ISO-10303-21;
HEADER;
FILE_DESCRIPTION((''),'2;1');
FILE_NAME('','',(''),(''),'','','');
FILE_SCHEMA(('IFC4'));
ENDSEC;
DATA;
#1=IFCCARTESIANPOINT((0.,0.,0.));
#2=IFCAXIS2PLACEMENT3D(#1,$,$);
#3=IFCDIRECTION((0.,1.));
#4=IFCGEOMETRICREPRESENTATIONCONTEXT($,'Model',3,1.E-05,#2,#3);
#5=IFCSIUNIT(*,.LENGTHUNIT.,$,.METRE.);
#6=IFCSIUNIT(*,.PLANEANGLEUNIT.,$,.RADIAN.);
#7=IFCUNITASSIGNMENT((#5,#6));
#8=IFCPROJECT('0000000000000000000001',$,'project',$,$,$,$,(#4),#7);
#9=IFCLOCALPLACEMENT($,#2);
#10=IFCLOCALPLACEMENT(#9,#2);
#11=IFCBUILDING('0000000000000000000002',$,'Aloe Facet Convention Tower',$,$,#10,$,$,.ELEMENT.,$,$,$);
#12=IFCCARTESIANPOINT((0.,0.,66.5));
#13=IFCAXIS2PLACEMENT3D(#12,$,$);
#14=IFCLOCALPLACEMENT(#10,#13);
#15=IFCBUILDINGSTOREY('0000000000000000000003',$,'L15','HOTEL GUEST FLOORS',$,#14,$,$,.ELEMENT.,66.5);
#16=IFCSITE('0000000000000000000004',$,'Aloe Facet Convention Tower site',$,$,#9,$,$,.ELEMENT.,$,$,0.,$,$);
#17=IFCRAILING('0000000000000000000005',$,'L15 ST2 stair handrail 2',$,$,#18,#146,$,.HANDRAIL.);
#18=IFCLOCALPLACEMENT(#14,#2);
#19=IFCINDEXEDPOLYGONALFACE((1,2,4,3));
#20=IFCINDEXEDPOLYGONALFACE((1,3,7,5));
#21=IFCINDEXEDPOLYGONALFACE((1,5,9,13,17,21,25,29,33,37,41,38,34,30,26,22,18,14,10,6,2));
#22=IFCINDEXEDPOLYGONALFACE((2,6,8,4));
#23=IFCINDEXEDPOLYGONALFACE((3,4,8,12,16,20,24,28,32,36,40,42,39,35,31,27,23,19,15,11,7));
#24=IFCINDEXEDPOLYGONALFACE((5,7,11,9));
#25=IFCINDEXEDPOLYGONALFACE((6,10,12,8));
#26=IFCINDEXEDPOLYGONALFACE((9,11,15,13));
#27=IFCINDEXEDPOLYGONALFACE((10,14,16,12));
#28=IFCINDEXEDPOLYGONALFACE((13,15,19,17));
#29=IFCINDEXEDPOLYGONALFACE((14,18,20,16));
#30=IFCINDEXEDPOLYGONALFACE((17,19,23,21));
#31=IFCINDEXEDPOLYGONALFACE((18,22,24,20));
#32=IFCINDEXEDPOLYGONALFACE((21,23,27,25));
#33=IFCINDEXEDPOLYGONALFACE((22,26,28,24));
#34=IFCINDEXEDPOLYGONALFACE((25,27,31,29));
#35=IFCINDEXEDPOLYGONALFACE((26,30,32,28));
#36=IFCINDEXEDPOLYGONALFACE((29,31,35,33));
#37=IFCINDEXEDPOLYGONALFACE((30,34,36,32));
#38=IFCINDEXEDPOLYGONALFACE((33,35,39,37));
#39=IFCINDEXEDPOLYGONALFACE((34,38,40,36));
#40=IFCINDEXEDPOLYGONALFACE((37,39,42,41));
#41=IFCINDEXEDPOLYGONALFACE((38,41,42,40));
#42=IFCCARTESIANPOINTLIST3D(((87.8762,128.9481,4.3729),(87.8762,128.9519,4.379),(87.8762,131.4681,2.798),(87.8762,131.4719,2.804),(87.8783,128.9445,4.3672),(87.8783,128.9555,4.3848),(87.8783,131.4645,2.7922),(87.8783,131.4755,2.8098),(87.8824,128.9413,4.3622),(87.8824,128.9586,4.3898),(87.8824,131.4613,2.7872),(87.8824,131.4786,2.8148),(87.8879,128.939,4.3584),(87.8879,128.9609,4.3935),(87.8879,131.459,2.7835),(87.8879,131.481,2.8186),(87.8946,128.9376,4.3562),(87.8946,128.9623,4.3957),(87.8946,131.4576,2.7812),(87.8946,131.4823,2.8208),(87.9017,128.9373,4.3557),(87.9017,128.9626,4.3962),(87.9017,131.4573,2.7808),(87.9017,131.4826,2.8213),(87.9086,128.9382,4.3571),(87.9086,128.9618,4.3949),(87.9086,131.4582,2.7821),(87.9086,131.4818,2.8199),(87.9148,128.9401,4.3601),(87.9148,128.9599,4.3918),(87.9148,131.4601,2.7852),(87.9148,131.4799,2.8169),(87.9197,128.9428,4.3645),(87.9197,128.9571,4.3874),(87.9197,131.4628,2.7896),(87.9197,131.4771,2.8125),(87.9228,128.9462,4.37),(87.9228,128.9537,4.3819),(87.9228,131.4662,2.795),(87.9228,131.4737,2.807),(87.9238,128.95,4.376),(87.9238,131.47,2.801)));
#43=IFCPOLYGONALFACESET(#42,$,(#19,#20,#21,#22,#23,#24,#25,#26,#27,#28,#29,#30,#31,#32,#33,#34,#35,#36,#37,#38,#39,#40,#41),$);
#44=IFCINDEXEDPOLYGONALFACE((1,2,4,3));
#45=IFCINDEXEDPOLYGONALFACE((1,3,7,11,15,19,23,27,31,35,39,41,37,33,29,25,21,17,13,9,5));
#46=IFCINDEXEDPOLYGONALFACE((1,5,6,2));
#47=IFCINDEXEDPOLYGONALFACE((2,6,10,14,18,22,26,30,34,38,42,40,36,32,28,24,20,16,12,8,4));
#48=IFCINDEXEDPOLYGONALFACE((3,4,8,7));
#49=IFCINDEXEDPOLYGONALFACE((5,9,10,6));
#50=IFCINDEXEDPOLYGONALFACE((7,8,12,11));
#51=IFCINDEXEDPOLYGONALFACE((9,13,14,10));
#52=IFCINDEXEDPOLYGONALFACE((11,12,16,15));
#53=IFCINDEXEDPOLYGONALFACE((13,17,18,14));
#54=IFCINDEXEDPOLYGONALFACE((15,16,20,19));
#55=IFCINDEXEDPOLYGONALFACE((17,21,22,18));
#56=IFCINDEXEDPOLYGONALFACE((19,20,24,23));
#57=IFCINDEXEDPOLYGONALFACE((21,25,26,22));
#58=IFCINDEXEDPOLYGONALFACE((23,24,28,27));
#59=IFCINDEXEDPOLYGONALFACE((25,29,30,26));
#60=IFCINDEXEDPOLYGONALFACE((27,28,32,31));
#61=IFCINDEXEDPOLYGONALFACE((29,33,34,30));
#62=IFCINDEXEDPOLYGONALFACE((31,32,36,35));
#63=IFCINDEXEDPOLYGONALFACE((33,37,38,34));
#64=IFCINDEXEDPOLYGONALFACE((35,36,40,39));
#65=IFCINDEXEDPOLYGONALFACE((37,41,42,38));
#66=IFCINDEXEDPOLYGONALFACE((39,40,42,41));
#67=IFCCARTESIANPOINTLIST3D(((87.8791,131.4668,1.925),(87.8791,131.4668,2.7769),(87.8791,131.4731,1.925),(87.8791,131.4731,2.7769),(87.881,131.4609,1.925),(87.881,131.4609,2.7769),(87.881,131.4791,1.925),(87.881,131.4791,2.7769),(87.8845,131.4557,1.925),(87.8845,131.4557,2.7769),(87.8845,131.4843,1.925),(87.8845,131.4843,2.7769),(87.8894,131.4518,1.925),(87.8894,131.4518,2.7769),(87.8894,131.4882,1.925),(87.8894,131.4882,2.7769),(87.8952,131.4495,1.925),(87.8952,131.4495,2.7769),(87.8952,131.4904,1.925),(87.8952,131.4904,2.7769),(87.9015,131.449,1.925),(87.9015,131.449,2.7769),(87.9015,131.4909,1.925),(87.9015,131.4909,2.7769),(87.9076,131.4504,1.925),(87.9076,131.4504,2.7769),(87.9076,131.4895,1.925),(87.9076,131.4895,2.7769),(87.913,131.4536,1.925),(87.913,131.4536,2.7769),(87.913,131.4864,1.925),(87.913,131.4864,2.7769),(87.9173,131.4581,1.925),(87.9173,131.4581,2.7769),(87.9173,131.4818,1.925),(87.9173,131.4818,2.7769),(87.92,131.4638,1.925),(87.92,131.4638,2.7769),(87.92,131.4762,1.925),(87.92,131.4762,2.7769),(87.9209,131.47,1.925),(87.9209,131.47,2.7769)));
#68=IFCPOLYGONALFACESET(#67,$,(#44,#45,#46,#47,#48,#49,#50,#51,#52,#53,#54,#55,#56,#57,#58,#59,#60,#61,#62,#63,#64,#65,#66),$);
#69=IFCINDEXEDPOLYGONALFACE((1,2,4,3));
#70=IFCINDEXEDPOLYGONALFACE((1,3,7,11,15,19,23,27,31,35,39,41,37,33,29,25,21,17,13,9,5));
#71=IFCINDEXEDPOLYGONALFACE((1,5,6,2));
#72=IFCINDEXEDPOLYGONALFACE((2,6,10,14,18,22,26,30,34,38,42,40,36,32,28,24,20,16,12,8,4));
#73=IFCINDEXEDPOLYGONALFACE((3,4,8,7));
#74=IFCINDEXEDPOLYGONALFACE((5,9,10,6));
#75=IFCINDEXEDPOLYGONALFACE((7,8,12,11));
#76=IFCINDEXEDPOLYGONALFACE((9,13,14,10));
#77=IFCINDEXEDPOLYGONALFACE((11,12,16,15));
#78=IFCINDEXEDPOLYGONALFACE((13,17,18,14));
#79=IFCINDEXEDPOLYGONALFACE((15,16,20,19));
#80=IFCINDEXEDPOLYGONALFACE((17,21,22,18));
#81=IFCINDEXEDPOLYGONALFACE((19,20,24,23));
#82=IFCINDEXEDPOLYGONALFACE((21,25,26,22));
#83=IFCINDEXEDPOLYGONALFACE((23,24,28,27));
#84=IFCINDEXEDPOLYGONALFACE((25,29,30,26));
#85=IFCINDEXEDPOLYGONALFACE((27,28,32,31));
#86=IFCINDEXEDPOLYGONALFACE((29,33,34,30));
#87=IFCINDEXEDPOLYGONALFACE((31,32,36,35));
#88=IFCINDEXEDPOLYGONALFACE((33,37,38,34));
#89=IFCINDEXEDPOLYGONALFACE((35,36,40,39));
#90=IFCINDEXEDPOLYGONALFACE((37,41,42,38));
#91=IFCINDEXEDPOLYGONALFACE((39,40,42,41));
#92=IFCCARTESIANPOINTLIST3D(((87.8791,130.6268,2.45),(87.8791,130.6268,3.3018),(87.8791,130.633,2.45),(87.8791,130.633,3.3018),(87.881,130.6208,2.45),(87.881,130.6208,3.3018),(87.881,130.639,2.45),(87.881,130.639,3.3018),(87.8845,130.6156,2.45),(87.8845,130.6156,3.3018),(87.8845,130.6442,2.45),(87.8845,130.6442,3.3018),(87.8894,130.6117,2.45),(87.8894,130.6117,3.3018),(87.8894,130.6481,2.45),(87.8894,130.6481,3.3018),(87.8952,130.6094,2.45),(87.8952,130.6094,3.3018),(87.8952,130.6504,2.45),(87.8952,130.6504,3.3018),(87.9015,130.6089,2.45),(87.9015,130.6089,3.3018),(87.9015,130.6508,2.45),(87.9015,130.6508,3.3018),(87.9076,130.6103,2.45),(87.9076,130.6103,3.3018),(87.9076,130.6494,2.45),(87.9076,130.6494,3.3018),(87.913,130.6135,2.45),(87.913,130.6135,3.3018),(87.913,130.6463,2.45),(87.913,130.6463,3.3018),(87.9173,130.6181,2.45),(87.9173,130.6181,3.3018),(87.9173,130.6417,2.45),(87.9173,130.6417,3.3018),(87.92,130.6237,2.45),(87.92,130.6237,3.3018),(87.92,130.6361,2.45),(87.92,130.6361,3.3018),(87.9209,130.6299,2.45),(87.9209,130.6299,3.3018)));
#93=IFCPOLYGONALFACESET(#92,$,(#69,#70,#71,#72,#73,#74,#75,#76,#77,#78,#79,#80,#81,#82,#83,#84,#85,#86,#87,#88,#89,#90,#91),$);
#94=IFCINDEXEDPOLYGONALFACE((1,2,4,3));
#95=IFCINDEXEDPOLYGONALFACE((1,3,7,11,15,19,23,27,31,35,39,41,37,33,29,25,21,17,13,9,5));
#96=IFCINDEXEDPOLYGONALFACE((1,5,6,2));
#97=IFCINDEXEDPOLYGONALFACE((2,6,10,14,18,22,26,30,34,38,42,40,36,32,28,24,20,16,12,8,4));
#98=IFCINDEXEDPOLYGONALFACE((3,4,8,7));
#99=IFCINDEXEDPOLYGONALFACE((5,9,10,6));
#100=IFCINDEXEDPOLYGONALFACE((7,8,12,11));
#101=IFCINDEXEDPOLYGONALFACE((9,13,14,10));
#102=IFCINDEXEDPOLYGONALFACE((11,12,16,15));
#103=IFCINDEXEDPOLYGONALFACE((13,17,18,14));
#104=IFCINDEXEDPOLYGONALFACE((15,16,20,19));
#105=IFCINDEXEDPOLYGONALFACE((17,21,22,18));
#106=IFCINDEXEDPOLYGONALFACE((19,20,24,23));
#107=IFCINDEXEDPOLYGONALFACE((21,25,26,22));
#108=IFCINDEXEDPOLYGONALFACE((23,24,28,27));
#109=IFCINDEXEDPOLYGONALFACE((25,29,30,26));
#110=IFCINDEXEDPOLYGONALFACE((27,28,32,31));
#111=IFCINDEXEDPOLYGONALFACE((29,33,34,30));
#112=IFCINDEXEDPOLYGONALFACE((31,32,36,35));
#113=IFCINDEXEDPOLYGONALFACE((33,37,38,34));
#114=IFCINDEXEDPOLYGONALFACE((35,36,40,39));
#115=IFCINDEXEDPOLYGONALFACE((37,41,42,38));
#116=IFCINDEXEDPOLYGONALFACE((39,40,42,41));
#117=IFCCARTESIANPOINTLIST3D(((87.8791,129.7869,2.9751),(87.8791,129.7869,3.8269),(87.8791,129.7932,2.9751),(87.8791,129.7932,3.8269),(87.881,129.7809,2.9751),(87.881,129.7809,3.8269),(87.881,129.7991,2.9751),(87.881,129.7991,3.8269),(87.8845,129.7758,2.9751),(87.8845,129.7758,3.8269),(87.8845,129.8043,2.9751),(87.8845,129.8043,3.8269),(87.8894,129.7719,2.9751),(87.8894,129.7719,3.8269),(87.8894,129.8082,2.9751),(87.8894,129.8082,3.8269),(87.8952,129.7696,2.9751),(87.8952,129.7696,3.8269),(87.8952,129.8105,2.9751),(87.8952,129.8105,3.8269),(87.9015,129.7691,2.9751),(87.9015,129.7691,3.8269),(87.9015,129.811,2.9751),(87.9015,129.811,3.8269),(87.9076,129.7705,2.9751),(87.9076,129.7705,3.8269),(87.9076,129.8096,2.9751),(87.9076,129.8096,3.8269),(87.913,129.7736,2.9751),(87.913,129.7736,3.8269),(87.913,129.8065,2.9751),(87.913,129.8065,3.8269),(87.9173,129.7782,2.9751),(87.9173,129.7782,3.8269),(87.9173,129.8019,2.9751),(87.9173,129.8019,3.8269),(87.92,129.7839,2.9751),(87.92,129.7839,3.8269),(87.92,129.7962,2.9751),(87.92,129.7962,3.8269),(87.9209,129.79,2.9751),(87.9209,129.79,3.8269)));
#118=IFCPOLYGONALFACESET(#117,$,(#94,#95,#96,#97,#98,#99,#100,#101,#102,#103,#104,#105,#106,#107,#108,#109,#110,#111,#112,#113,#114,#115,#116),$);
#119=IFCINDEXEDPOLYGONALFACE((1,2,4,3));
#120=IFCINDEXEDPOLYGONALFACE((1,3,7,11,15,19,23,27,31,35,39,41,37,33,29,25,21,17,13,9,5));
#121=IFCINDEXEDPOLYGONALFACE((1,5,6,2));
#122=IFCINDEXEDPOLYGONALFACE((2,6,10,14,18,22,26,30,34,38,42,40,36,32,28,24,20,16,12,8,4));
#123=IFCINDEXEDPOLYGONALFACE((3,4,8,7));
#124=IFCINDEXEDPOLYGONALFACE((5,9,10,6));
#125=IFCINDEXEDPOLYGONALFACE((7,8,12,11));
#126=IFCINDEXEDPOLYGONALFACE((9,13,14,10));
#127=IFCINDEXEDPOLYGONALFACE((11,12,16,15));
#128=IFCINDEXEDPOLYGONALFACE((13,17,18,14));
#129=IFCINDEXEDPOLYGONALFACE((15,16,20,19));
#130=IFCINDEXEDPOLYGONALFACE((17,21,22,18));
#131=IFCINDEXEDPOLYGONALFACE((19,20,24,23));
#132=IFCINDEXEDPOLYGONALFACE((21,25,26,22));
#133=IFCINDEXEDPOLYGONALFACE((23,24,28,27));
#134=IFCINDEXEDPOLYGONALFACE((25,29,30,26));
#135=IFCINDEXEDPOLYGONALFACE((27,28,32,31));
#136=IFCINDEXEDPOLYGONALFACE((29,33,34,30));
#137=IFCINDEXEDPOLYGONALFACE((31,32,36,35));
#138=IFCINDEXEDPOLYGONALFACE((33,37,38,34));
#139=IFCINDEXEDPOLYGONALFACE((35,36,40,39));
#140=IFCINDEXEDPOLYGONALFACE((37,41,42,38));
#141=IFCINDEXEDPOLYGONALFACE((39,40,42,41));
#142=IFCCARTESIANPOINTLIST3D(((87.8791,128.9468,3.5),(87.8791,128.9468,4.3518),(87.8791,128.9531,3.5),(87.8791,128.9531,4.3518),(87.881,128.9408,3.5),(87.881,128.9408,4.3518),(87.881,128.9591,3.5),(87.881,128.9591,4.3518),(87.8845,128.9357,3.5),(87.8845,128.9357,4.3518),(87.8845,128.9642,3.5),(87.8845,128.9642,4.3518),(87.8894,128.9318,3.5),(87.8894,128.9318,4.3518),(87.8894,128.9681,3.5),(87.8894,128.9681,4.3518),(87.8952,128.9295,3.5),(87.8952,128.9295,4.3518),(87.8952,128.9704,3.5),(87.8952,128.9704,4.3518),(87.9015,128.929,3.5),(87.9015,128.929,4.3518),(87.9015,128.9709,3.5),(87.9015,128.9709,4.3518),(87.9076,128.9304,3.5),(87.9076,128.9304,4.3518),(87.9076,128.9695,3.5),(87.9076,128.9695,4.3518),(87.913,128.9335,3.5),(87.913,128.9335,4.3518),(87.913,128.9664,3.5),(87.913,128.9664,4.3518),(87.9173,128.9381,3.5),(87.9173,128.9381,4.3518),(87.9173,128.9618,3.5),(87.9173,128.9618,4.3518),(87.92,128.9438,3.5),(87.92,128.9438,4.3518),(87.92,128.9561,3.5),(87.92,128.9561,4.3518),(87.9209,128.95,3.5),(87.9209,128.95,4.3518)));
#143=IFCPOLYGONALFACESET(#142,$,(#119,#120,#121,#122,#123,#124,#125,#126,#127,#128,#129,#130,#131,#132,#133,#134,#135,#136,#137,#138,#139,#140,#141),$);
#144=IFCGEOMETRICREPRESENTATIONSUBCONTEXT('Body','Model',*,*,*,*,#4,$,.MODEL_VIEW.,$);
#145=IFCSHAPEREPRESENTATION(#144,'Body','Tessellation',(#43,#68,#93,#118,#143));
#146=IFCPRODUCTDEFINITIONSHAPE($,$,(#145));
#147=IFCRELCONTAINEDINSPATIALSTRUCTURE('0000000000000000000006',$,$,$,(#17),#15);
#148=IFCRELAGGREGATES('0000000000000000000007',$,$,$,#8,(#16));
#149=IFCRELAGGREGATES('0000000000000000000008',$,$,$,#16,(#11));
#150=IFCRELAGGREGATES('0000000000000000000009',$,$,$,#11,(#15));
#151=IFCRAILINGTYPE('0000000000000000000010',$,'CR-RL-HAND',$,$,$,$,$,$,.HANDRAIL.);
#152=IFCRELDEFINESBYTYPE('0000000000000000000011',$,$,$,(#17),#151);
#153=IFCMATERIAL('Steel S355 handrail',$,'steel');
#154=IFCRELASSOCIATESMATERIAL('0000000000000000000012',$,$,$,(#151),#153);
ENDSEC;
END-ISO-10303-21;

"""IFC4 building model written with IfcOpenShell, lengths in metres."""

from ifc_helpers import new_model, si_unit, direction, frame, origin, origin_2d, place, context, subcontext, project, spatial, circle, extrude, material, type_object, element, save


model = new_model("IFC4")

# Units and contexts
model_context = context("Model", 3, precision=1e-05, world=origin(), true_north=direction((0.0, 1.0)))
body_context = subcontext(model_context, "Body", "Model", "MODEL_VIEW")
ifc_project = project(units=[si_unit("LENGTHUNIT", "METRE"), si_unit("PLANEANGLEUNIT", "RADIAN")], contexts=[model_context])

# Site, building, storey
site_placement = place(None, origin())
site = spatial("IfcSite", under=ifc_project, at=site_placement, Name="Aloe Facet Convention Tower site", CompositionType="ELEMENT", RefElevation=0.0)
building_placement = place(site_placement, origin())
building = spatial("IfcBuilding", under=site, at=building_placement, Name="Aloe Facet Convention Tower", CompositionType="ELEMENT")
storey_placement = place(building_placement, frame((0.0, 0.0, 66.5)))
storey = spatial("IfcBuildingStorey", under=building, at=storey_placement, Name="L15", Description="HOTEL GUEST FLOORS", CompositionType="ELEMENT", Elevation=66.5)

# Railing
ifc_material_1 = material(Name="Steel S355 handrail", Category="steel")
railing_type_1 = type_object("IfcRailingType", Name="CR-RL-HAND", PredefinedType="HANDRAIL", material=ifc_material_1)
railing_1_placement = place(storey_placement, frame((87.8999, 131.47, 1.925)))
element("IfcRailing", 1, at=railing_1_placement, inside=storey, type_object=railing_type_1, Name="L15 ST2 stair handrail 2", PredefinedType="HANDRAIL", context=body_context, shape_type="SweptSolid", body=[
    extrude(circle(Radius=0.0239, at=origin_2d()), frame((0.0, 0.0, 0.876), z_axis=(0.0, -0.848008, 0.529984), x_axis=(1.0, 0.0, 0.0)), (0.0, 0.0, 1.0), 2.9717),
    extrude(circle(Radius=0.021, at=origin_2d()), origin(), (0.0, 0.0, 1.0), 0.8518),
    extrude(circle(Radius=0.021, at=origin_2d()), frame((0.0, -0.8401, 0.5249)), (0.0, 0.0, 1.0), 0.8518),
    extrude(circle(Radius=0.021, at=origin_2d()), frame((0.0, -1.6799, 1.05)), (0.0, 0.0, 1.0), 0.8518),
    extrude(circle(Radius=0.021, at=origin_2d()), frame((0.0, -2.52, 1.575)), (0.0, 0.0, 1.0), 0.8518),
])

save(model, "model.ifc")
